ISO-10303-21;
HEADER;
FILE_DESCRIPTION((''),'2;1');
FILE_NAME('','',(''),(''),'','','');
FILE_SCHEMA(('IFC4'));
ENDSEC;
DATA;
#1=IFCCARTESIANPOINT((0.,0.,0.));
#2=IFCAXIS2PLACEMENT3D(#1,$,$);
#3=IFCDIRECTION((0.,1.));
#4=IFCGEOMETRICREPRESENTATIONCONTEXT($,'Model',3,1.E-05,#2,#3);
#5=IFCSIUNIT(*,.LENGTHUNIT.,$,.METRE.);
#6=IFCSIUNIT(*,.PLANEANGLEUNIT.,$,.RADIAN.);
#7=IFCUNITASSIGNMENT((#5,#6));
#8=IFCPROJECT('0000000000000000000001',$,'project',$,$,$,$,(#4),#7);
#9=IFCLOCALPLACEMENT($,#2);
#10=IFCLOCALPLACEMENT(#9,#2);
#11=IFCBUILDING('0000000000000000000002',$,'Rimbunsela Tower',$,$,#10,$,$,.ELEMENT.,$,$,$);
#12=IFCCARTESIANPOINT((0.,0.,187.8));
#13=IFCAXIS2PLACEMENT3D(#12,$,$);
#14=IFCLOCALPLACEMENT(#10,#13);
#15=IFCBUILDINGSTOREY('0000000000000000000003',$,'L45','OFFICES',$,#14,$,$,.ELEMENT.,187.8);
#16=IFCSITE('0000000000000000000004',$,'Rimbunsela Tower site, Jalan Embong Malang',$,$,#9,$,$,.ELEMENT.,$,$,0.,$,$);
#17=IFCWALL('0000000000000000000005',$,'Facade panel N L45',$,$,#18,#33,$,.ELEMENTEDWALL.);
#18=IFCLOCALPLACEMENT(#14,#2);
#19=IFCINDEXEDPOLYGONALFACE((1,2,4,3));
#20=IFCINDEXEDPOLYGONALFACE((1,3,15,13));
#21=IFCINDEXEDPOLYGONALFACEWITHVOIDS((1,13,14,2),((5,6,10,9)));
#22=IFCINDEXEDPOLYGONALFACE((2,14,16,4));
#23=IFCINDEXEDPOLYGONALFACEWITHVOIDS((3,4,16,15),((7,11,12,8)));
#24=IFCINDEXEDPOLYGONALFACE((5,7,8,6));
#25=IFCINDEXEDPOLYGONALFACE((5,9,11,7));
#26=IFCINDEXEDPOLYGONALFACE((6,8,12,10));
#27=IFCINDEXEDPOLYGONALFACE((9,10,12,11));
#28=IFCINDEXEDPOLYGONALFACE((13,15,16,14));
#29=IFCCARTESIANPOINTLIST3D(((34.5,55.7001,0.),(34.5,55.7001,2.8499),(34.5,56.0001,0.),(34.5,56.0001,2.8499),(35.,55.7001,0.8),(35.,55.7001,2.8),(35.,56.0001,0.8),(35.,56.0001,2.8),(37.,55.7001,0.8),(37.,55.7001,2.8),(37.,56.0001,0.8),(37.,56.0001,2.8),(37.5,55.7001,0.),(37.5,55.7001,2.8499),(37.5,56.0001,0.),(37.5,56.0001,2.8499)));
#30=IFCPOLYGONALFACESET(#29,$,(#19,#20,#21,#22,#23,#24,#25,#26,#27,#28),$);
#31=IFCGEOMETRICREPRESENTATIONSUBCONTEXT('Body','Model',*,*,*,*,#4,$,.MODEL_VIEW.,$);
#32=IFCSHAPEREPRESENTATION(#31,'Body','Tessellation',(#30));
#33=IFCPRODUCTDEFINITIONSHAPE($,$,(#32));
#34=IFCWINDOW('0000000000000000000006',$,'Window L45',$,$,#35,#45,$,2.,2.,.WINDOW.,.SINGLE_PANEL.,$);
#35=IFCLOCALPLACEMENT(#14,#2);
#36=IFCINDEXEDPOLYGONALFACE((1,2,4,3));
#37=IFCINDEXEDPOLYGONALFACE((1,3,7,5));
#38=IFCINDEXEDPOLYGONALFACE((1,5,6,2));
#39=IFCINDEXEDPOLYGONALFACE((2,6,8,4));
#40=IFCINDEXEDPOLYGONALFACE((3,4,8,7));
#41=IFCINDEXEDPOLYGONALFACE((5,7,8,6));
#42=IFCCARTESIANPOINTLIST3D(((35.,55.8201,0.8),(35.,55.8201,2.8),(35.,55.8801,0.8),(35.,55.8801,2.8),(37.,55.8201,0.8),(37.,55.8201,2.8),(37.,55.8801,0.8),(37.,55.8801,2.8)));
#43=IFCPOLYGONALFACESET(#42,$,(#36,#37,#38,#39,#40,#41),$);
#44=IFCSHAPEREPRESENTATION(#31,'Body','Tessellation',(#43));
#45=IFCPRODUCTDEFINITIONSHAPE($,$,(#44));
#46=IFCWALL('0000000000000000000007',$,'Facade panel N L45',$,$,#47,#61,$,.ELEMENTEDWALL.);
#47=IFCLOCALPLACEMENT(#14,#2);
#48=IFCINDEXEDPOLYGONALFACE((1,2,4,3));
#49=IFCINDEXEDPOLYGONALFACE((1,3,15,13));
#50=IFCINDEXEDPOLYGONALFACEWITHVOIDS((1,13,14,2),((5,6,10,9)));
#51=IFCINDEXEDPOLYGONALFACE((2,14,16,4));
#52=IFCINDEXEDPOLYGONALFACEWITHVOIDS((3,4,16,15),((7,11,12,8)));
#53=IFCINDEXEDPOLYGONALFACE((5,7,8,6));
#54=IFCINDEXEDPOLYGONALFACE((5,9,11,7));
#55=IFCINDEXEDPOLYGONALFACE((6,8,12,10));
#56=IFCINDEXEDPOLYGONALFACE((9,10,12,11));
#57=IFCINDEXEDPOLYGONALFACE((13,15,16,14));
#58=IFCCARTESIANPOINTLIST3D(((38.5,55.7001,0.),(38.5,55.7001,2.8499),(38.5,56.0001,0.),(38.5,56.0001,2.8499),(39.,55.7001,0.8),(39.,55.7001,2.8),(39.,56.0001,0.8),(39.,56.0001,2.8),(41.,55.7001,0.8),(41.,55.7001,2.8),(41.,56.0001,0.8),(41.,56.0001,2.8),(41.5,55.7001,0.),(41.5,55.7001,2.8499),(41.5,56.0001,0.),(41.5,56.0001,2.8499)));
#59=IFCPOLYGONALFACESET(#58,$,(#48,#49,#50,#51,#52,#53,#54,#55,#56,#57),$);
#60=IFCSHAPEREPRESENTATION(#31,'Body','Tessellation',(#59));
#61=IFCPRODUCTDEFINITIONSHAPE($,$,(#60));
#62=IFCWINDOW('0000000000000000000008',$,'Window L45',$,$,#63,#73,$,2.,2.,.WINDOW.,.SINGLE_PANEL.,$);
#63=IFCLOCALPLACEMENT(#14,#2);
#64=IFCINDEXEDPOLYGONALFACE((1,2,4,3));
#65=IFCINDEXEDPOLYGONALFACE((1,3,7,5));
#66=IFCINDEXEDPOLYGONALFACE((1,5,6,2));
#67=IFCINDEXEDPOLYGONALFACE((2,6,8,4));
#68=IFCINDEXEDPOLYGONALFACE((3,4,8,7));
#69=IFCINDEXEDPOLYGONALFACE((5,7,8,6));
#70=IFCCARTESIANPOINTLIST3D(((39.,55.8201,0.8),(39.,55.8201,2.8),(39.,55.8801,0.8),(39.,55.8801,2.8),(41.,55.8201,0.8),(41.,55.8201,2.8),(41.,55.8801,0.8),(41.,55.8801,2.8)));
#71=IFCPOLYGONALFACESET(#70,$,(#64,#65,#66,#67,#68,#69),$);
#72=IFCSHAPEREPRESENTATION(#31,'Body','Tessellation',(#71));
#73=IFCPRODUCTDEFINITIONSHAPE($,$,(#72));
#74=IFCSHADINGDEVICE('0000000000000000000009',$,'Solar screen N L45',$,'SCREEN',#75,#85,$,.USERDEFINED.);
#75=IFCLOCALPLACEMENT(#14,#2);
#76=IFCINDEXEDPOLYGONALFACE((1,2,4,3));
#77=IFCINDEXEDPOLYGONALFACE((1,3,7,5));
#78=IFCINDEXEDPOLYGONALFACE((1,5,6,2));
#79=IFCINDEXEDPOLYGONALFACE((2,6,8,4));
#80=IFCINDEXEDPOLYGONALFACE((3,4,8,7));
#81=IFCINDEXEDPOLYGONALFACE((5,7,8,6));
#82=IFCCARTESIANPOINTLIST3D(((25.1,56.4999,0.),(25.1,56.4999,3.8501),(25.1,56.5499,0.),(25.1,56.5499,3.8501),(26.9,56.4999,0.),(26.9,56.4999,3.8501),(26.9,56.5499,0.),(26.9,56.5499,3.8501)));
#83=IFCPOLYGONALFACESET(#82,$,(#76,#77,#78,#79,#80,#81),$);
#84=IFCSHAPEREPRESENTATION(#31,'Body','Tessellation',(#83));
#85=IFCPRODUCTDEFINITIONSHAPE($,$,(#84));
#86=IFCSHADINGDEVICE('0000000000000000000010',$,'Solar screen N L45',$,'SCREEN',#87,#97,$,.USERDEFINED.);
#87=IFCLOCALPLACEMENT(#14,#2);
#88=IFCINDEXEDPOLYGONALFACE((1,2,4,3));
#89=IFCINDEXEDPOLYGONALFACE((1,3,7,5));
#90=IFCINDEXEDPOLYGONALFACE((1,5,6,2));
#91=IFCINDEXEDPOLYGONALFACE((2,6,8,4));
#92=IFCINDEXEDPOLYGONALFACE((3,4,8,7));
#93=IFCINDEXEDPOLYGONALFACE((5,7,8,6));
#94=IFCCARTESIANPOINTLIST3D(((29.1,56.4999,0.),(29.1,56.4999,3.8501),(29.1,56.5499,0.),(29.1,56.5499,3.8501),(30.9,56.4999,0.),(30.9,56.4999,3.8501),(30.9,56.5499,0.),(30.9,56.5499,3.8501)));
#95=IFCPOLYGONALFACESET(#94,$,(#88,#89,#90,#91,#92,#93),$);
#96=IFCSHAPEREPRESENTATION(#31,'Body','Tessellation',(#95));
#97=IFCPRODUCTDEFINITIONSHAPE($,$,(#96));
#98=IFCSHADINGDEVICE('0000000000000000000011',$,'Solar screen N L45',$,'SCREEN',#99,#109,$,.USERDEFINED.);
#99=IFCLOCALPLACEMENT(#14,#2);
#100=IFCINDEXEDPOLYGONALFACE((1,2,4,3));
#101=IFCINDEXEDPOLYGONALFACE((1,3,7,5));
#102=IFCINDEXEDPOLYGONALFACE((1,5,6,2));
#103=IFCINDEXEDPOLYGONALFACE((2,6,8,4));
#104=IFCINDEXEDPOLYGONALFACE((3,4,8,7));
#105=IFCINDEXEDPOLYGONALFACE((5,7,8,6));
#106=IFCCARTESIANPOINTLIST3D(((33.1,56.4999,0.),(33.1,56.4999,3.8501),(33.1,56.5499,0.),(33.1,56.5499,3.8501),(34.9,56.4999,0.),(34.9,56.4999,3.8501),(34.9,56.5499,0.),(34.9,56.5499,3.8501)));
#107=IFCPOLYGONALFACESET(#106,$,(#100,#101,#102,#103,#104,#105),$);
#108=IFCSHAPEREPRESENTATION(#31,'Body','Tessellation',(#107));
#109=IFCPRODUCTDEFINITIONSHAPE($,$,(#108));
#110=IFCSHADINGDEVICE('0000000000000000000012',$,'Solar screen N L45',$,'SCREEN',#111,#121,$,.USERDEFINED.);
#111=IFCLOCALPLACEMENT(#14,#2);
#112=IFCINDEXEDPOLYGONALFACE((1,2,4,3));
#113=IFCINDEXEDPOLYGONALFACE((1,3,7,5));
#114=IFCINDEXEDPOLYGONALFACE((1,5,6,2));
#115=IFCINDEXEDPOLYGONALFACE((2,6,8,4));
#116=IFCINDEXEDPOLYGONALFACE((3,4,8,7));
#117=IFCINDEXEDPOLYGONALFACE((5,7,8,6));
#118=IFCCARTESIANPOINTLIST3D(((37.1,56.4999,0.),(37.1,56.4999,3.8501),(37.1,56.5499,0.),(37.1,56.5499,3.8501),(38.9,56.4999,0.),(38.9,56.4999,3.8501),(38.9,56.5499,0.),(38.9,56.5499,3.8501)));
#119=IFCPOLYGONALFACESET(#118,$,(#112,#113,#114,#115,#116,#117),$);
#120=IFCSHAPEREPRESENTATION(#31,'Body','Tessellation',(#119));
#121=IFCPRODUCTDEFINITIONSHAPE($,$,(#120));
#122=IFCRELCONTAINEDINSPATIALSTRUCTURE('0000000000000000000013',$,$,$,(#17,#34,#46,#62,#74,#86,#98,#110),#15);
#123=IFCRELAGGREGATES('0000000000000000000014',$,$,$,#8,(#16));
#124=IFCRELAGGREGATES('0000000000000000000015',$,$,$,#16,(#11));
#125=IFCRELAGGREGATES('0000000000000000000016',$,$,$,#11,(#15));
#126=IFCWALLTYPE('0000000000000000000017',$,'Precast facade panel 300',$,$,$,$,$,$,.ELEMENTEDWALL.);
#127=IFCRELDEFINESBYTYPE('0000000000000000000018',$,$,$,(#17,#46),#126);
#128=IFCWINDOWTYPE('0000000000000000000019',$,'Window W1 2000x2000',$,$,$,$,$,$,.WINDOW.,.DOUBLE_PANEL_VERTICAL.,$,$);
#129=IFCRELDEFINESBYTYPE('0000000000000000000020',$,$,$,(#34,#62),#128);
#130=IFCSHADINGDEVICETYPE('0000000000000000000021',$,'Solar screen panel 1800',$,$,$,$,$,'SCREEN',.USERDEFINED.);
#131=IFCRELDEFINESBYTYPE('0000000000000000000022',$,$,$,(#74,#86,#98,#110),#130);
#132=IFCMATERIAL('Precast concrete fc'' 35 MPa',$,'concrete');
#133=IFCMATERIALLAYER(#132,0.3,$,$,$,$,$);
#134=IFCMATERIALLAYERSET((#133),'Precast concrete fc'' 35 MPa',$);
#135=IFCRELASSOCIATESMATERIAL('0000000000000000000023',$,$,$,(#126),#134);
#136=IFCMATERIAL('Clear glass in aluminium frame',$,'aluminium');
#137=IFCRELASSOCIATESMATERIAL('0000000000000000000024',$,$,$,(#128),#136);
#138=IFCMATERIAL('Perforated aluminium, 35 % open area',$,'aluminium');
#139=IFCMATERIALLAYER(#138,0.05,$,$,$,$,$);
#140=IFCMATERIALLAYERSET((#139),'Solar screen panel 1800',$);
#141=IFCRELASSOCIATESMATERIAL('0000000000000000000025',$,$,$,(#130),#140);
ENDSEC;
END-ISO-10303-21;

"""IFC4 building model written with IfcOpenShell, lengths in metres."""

from ifc_helpers import new_model, si_unit, direction, frame, frame_2d, origin, origin_2d, place, context, subcontext, project, spatial, rectangle, extrude, material, layer, layer_set, type_object, element, fill, save


model = new_model("IFC4")

# Units and contexts
model_context = context("Model", 3, precision=1e-05, world=origin(), true_north=direction((0.0, 1.0)))
body_context = subcontext(model_context, "Body", "Model", "MODEL_VIEW")
ifc_project = project(units=[si_unit("LENGTHUNIT", "METRE"), si_unit("PLANEANGLEUNIT", "RADIAN")], contexts=[model_context])

# Site, building, storey
site_placement = place(None, origin())
site = spatial("IfcSite", under=ifc_project, at=site_placement, Name="Rimbunsela Tower site, Jalan Embong Malang", CompositionType="ELEMENT", RefElevation=0.0)
building_placement = place(site_placement, origin())
building = spatial("IfcBuilding", under=site, at=building_placement, Name="Rimbunsela Tower", CompositionType="ELEMENT")
storey_placement = place(building_placement, frame((0.0, 0.0, 187.8)))
storey = spatial("IfcBuildingStorey", under=building, at=storey_placement, Name="L45", Description="OFFICES", CompositionType="ELEMENT", Elevation=187.8)

# Shared definitions
ifc_material_1 = material(Name="Precast concrete fc' 35 MPa", Category="concrete")
ifc_layer_1 = layer(ifc_material_1, 0.3)
ifc_layer_set_1 = layer_set([ifc_layer_1], Name="Precast concrete fc' 35 MPa")
wall_type_1 = type_object("IfcWallType", Name="Precast facade panel 300", PredefinedType="ELEMENTEDWALL", material=ifc_layer_set_1)

# Walls, openings, windows
ifc_material_2 = material(Name="Clear glass in aluminium frame", Category="aluminium")
window_type_1 = type_object("IfcWindowType", Name="Window W1 2000x2000", PartitioningType="DOUBLE_PANEL_VERTICAL", PredefinedType="WINDOW", material=ifc_material_2)
wall_1_placement = place(storey_placement, frame((37.5, 55.8501, 0.0), z_axis=(0.0, 0.0, 1.0), x_axis=(-1.0, 0.0, 0.0)))
wall_1 = element("IfcWall", 1, at=wall_1_placement, inside=storey, type_object=wall_type_1, Name="Facade panel N L45", PredefinedType="ELEMENTEDWALL", context=body_context, shape_type="SweptSolid", body=[
    extrude(rectangle(XDim=3.0, YDim=0.3, at=frame_2d((1.5, 0.0))), origin(), (0.0, 0.0, 1.0), 2.8499),
])
opening_1_placement = place(wall_1_placement, frame((0.5, 0.0, 0.8)))
opening_1 = element("IfcOpeningElement", 2, at=opening_1_placement, cuts=wall_1, PredefinedType="OPENING", context=body_context, shape_type="SweptSolid", body=[
    extrude(rectangle(XDim=2.0, YDim=2.0, at=frame_2d((1.0, 1.0))), frame((0.0, 0.1599, 0.0), z_axis=(0.0, -1.0, 0.0), x_axis=(1.0, 0.0, 0.0)), (0.0, 0.0, 1.0), 0.3201),
])
window_1_placement = place(opening_1_placement, origin())
window_1 = element("IfcWindow", 3, at=window_1_placement, inside=storey, type_object=window_type_1, Name="Window L45", OverallHeight=2.0, OverallWidth=2.0, PartitioningType="SINGLE_PANEL", PredefinedType="WINDOW", context=body_context, shape_type="SweptSolid", body=[
    extrude(rectangle(XDim=2.0, YDim=2.0, at=frame_2d((1.0, 1.0))), frame((0.0, 0.03, 0.0), z_axis=(0.0, -1.0, 0.0), x_axis=(1.0, 0.0, 0.0)), (0.0, 0.0, 1.0), 0.0601),
])
fill(opening_1, window_1)
wall_2_placement = place(storey_placement, frame((41.5, 55.8501, 0.0), z_axis=(0.0, 0.0, 1.0), x_axis=(-1.0, 0.0, 0.0)))
wall_2 = element("IfcWall", 4, at=wall_2_placement, inside=storey, type_object=wall_type_1, Name="Facade panel N L45", PredefinedType="ELEMENTEDWALL", context=body_context, shape_type="SweptSolid", body=[
    extrude(rectangle(XDim=3.0, YDim=0.3, at=frame_2d((1.5, 0.0))), origin(), (0.0, 0.0, 1.0), 2.8499),
])
opening_2_placement = place(wall_2_placement, frame((0.5, 0.0, 0.8)))
opening_2 = element("IfcOpeningElement", 5, at=opening_2_placement, cuts=wall_2, PredefinedType="OPENING", context=body_context, shape_type="SweptSolid", body=[
    extrude(rectangle(XDim=2.0, YDim=2.0, at=frame_2d((1.0, 1.0))), frame((0.0, 0.1599, 0.0), z_axis=(0.0, -1.0, 0.0), x_axis=(1.0, 0.0, 0.0)), (0.0, 0.0, 1.0), 0.3201),
])
window_2_placement = place(opening_2_placement, origin())
window_2 = element("IfcWindow", 6, at=window_2_placement, inside=storey, type_object=window_type_1, Name="Window L45", OverallHeight=2.0, OverallWidth=2.0, PartitioningType="SINGLE_PANEL", PredefinedType="WINDOW", context=body_context, shape_type="SweptSolid", body=[
    extrude(rectangle(XDim=2.0, YDim=2.0, at=frame_2d((1.0, 1.0))), frame((0.0, 0.03, 0.0), z_axis=(0.0, -1.0, 0.0), x_axis=(1.0, 0.0, 0.0)), (0.0, 0.0, 1.0), 0.0601),
])
fill(opening_2, window_2)

# Shading devices
ifc_material_3 = material(Name="Perforated aluminium, 35 % open area", Category="aluminium")
ifc_layer_2 = layer(ifc_material_3, 0.05)
ifc_layer_set_2 = layer_set([ifc_layer_2], Name="Solar screen panel 1800")
shading_device_type = type_object("IfcShadingDeviceType", Name="Solar screen panel 1800", ElementType="SCREEN", PredefinedType="USERDEFINED", material=ifc_layer_set_2)
for number, where, z_axis, x_axis, name in (
    (7, (26.0, 56.5249, 0.0), (0.0, 0.0, 1.0), (1.0, 0.0, 0.0), "Solar screen N L45"),
    (8, (30.0, 56.5249, 0.0), (0.0, 0.0, 1.0), (1.0, 0.0, 0.0), "Solar screen N L45"),
    (9, (34.0, 56.5249, 0.0), (0.0, 0.0, 1.0), (1.0, 0.0, 0.0), "Solar screen N L45"),
    (10, (38.0, 56.5249, 0.0), (0.0, 0.0, 1.0), (1.0, 0.0, 0.0), "Solar screen N L45"),
):
    element("IfcShadingDevice", number, at=place(storey_placement, frame(where, z_axis=z_axis, x_axis=x_axis)), inside=storey, type_object=shading_device_type, Name=name, ObjectType="SCREEN", PredefinedType="USERDEFINED", context=body_context, shape_type="SweptSolid", body=[
        extrude(rectangle(XDim=1.8, YDim=0.05, at=origin_2d()), origin(), (0.0, 0.0, 1.0), 3.8501),
    ])

save(model, "model.ifc")
